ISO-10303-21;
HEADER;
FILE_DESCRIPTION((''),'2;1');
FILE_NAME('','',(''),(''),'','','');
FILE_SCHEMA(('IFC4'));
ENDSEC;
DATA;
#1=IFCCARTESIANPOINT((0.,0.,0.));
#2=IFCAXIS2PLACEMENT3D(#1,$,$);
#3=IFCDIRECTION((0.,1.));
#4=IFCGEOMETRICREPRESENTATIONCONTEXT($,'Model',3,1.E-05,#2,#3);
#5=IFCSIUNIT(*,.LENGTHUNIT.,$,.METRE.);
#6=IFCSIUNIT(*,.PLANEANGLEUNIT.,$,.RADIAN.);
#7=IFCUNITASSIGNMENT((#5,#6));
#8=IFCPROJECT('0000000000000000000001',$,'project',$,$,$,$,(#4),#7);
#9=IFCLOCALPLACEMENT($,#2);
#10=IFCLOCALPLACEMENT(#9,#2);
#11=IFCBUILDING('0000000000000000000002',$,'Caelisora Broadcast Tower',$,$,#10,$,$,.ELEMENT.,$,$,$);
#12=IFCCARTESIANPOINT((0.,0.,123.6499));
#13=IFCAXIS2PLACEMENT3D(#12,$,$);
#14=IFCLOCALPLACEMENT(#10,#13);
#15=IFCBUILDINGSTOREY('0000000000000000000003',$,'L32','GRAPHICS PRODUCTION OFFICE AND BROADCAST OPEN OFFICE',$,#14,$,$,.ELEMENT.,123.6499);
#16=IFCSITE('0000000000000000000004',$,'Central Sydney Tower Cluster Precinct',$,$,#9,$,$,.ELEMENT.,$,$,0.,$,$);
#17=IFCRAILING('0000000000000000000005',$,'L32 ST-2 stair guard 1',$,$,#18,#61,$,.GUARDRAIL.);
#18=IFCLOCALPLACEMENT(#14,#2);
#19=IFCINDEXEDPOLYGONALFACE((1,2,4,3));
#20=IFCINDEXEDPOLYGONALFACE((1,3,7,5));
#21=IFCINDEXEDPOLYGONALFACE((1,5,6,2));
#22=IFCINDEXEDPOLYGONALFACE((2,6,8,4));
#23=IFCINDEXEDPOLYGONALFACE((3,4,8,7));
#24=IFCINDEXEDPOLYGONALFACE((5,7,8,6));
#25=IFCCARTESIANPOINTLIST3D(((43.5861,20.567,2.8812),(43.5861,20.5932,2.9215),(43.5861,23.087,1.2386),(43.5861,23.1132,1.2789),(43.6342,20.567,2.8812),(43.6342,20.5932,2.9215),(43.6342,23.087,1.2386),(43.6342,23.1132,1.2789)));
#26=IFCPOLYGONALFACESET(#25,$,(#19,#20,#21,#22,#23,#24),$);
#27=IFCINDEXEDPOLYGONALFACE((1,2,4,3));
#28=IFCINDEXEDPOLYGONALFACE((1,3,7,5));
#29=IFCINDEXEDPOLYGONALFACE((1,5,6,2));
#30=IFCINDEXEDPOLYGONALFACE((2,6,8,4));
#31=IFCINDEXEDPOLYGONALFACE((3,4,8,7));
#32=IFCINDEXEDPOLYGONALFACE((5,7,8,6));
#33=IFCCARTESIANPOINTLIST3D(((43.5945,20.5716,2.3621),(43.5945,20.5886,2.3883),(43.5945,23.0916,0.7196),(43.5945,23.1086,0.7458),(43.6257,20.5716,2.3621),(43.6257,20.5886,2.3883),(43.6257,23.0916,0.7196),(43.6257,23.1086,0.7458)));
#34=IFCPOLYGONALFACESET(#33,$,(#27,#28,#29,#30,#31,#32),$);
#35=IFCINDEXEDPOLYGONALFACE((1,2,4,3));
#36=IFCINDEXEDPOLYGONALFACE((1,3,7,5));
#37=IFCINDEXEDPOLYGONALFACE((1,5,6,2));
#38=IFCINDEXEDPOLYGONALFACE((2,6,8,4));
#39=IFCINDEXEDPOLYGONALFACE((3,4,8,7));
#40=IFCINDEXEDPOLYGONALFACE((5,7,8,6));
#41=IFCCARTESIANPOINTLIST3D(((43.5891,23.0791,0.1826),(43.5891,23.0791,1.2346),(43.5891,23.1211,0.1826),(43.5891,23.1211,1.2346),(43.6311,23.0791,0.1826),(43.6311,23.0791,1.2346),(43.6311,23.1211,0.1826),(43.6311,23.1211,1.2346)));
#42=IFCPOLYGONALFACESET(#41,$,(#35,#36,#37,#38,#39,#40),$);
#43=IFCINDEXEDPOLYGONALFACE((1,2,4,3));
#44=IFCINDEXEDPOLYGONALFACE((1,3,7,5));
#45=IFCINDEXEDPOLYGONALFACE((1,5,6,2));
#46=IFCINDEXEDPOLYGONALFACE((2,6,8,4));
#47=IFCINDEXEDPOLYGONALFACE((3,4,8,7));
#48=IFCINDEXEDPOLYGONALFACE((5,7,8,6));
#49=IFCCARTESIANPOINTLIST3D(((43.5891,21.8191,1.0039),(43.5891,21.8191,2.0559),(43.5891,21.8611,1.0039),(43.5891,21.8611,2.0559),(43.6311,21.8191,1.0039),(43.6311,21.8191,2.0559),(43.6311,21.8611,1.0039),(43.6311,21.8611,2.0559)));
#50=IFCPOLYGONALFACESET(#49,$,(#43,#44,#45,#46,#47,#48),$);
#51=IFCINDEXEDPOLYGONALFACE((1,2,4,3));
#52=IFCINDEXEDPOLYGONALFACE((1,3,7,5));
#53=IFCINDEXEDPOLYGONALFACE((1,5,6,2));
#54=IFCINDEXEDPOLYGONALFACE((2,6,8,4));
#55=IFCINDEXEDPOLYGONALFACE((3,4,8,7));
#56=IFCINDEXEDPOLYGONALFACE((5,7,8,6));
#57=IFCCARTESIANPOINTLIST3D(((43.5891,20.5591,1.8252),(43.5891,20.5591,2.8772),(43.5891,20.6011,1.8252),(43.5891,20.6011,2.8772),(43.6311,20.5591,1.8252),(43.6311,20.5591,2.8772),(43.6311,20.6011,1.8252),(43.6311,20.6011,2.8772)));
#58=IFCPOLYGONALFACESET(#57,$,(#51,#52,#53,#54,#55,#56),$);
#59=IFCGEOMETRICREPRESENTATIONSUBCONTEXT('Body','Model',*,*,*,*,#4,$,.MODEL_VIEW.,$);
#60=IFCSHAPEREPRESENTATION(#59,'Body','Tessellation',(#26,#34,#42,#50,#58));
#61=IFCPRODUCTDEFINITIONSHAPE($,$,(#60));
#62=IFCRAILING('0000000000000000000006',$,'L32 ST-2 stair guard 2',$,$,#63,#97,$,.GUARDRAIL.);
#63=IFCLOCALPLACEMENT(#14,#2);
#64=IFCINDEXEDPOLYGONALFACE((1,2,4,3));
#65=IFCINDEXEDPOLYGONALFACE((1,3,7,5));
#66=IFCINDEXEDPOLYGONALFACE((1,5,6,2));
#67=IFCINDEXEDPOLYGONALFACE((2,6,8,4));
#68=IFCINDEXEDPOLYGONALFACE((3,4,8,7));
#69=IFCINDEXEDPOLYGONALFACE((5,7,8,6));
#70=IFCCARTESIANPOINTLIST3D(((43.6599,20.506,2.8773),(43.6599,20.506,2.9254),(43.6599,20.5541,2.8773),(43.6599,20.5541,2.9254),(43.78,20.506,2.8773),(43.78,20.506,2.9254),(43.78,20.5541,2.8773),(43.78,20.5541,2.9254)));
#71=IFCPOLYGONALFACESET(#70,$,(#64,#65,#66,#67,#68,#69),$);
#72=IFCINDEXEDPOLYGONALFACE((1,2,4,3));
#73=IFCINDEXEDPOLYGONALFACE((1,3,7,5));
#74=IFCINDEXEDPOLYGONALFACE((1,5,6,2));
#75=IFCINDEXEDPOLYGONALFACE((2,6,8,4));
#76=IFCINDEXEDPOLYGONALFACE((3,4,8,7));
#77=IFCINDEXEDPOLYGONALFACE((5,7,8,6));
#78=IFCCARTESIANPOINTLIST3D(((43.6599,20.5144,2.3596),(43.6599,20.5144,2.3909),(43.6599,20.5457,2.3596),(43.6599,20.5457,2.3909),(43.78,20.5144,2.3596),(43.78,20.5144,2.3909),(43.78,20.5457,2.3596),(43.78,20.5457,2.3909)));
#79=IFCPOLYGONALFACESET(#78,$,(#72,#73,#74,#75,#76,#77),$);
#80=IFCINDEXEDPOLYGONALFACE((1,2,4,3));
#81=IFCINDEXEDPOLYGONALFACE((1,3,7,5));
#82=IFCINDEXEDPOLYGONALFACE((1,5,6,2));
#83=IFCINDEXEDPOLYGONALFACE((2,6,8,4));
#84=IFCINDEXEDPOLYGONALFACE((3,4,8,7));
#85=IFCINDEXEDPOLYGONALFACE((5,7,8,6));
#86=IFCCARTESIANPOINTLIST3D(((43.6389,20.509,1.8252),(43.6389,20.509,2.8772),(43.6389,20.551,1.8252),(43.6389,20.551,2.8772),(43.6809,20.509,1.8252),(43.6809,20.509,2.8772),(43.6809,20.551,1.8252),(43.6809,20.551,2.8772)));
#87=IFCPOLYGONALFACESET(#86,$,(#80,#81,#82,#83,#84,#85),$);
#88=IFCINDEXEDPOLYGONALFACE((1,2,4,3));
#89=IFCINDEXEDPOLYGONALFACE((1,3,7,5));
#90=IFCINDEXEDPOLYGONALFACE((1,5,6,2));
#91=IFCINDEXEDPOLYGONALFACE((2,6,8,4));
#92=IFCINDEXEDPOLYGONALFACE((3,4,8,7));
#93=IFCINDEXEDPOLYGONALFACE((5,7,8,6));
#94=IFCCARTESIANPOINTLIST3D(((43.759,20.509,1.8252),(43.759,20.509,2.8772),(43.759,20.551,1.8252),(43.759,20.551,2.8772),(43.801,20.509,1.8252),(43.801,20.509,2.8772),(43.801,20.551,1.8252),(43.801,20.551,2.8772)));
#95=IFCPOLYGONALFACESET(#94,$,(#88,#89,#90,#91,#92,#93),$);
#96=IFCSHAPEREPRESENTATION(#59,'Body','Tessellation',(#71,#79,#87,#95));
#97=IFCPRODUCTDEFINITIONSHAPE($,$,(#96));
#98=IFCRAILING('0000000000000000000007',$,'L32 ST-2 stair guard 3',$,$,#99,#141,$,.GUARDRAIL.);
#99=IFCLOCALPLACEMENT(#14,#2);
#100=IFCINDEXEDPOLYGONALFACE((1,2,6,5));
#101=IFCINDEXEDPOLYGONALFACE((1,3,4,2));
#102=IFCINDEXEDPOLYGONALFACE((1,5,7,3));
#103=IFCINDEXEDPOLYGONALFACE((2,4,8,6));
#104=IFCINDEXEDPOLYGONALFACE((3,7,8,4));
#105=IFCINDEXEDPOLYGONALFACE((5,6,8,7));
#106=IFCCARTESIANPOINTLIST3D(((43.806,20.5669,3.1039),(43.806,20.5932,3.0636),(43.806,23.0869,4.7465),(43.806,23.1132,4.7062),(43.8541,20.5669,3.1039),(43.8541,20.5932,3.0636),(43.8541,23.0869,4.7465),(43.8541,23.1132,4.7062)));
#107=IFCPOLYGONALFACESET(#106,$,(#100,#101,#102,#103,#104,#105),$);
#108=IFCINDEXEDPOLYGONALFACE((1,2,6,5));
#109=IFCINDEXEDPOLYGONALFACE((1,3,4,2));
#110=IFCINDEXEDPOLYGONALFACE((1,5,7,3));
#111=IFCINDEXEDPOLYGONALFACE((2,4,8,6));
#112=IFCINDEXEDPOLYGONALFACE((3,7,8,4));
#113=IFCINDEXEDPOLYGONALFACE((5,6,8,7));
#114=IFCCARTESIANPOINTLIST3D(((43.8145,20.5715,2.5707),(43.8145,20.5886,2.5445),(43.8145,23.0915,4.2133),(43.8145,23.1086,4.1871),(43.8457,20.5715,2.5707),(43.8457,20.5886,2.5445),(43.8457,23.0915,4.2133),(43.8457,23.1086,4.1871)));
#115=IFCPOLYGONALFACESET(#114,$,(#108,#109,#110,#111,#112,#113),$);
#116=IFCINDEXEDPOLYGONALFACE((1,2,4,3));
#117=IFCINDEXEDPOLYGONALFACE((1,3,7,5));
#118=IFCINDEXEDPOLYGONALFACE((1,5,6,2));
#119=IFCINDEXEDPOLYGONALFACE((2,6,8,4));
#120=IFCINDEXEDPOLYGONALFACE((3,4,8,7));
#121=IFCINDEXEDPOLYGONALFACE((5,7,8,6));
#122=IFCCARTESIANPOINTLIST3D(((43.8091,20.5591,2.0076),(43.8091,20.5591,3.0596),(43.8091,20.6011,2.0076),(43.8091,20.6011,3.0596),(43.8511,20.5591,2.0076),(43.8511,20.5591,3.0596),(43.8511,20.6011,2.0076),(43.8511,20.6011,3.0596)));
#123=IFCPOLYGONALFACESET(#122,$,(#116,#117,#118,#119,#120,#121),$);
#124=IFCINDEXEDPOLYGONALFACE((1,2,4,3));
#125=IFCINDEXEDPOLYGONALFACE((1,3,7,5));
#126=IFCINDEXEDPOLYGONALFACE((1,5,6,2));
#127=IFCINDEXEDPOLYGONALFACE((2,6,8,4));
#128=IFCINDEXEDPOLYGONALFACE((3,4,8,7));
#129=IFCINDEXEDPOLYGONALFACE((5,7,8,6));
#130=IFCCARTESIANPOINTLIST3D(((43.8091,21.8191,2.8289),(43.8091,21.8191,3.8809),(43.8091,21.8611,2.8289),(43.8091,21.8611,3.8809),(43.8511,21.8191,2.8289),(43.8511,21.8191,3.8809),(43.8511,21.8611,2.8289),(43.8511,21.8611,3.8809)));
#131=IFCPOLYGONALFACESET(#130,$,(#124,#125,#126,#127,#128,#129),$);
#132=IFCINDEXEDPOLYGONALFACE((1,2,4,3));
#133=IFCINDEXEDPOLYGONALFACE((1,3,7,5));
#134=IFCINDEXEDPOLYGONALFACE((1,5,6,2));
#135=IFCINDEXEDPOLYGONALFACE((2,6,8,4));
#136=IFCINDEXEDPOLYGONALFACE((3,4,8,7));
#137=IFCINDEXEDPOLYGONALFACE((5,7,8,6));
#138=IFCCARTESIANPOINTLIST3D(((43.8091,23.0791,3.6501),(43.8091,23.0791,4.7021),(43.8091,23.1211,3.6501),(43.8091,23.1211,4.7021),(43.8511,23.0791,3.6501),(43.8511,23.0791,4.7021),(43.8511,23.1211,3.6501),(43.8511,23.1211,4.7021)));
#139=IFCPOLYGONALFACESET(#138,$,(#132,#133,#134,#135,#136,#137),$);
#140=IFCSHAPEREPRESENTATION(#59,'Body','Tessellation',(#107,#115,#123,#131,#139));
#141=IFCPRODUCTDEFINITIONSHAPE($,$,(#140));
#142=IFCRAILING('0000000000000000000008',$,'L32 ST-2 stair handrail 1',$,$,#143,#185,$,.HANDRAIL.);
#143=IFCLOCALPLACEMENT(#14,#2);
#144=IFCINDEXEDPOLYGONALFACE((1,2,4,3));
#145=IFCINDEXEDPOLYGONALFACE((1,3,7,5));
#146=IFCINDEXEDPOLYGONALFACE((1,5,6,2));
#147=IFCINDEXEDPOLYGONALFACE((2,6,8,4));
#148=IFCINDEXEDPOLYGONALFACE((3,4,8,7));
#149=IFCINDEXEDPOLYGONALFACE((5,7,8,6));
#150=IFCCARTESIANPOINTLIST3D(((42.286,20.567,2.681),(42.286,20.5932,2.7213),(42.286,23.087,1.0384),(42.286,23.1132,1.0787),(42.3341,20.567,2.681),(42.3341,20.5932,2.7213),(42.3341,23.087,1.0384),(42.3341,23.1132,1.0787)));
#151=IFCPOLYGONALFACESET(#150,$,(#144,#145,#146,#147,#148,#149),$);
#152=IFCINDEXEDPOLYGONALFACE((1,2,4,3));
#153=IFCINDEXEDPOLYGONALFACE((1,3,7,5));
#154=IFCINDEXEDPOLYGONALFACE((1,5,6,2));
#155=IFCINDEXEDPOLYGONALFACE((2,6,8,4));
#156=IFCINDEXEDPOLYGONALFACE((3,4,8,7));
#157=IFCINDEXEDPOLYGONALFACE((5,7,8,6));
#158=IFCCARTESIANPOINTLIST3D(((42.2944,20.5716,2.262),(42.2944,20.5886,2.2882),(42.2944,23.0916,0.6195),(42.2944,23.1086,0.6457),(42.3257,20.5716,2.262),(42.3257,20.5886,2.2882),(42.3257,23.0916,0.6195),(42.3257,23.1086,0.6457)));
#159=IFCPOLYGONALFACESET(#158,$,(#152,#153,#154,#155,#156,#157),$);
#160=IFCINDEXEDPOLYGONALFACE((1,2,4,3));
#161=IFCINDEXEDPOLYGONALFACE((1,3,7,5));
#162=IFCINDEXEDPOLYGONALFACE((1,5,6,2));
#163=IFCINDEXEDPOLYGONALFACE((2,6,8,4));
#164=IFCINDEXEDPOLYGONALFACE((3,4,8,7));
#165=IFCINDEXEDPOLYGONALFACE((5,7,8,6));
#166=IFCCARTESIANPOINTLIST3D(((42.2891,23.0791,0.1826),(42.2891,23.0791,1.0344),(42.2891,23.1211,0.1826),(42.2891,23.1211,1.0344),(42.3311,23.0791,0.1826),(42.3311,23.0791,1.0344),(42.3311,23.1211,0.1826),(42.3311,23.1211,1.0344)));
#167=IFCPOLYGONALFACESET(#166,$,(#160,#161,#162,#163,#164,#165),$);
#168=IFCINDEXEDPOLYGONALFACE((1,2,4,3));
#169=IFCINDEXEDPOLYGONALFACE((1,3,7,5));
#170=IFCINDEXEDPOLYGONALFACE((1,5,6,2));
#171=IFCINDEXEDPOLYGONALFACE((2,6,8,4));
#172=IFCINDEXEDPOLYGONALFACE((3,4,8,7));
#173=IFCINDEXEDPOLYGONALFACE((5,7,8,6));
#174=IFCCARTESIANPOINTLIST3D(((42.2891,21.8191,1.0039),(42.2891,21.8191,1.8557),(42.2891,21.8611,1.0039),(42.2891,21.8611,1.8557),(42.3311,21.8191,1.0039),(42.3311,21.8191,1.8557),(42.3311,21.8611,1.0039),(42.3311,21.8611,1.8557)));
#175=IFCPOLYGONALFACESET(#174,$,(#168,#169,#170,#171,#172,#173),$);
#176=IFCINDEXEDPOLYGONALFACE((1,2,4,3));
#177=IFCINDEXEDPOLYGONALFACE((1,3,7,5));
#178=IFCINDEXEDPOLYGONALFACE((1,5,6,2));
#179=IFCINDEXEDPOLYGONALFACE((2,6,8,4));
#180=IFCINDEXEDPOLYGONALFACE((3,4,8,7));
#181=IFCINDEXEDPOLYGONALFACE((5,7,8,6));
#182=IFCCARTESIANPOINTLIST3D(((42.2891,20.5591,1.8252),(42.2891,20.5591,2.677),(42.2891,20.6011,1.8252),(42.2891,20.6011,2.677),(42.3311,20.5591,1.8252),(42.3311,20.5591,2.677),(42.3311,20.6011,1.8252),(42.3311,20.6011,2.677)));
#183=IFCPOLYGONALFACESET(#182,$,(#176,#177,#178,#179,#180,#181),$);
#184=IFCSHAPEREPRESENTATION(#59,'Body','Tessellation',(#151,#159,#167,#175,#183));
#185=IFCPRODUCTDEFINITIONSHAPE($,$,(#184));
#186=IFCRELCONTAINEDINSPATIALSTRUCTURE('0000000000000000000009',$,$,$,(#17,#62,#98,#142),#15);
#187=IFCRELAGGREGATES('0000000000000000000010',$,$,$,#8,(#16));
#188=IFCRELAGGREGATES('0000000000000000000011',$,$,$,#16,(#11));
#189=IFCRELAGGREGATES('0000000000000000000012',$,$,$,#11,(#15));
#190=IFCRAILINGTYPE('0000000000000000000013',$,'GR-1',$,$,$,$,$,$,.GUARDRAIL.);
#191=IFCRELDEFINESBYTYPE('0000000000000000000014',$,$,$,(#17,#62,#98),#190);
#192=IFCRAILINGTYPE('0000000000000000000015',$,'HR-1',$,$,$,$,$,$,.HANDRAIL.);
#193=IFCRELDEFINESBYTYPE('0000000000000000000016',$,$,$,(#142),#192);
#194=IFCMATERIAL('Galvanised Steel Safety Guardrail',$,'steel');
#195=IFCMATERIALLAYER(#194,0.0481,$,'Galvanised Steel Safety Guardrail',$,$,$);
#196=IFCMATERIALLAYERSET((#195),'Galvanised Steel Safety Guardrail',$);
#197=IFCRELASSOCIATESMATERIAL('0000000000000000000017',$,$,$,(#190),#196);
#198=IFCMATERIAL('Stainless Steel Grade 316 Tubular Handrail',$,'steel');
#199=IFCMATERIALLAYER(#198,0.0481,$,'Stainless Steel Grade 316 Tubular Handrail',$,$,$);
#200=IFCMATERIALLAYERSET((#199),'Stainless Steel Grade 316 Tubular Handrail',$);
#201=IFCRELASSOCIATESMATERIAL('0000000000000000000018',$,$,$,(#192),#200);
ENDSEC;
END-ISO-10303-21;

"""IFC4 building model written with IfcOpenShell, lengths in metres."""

from ifc_helpers import new_model, si_unit, direction, frame, origin, origin_2d, place, context, subcontext, project, spatial, rectangle, extrude, material, layer, layer_set, type_object, element, save


model = new_model("IFC4")

# Units and contexts
model_context = context("Model", 3, precision=1e-05, world=origin(), true_north=direction((0.0, 1.0)))
body_context = subcontext(model_context, "Body", "Model", "MODEL_VIEW")
ifc_project = project(units=[si_unit("LENGTHUNIT", "METRE"), si_unit("PLANEANGLEUNIT", "RADIAN")], contexts=[model_context])

# Site, building, storey
site_placement = place(None, origin())
site = spatial("IfcSite", under=ifc_project, at=site_placement, Name="Central Sydney Tower Cluster Precinct", CompositionType="ELEMENT", RefElevation=0.0)
building_placement = place(site_placement, origin())
building = spatial("IfcBuilding", under=site, at=building_placement, Name="Caelisora Broadcast Tower", CompositionType="ELEMENT")
storey_placement = place(building_placement, frame((0.0, 0.0, 123.6499)))
storey = spatial("IfcBuildingStorey", under=building, at=storey_placement, Name="L32", Description="GRAPHICS PRODUCTION OFFICE AND BROADCAST OPEN OFFICE", CompositionType="ELEMENT", Elevation=123.6499)

# Railings
ifc_material_1 = material(Name="Galvanised Steel Safety Guardrail", Category="steel")
ifc_layer_1 = layer(ifc_material_1, 0.0481, Name="Galvanised Steel Safety Guardrail")
ifc_layer_set_1 = layer_set([ifc_layer_1], Name="Galvanised Steel Safety Guardrail")
railing_type_1 = type_object("IfcRailingType", Name="GR-1", PredefinedType="GUARDRAIL", material=ifc_layer_set_1)
railing_1_placement = place(storey_placement, frame((43.6101, 23.1001, 0.1826)))
element("IfcRailing", 1, at=railing_1_placement, inside=storey, type_object=railing_type_1, Name="L32 ST-2 stair guard 1", PredefinedType="GUARDRAIL", context=body_context, shape_type="SweptSolid", body=[
    extrude(rectangle(XDim=0.0481, YDim=0.0481, at=origin_2d()), frame((0.0, 0.0, 1.0762), z_axis=(0.0, -0.837749, 0.546055), x_axis=(1.0, 0.0, 0.0)), (0.0, 0.0, 1.0), 3.0081),
    extrude(rectangle(XDim=0.0312, YDim=0.0312, at=origin_2d()), frame((0.0, 0.0, 0.55), z_axis=(0.0, -0.837749, 0.546055), x_axis=(1.0, 0.0, 0.0)), (0.0, 0.0, 1.0), 3.0081),
    extrude(rectangle(XDim=0.042, YDim=0.042, at=origin_2d()), origin(), (0.0, 0.0, 1.0), 1.052),
    extrude(rectangle(XDim=0.042, YDim=0.042, at=origin_2d()), frame((0.0, -1.26, 0.8213)), (0.0, 0.0, 1.0), 1.052),
    extrude(rectangle(XDim=0.042, YDim=0.042, at=origin_2d()), frame((0.0, -2.52, 1.6426)), (0.0, 0.0, 1.0), 1.052),
])
railing_2_placement = place(storey_placement, frame((43.6599, 20.53, 1.8252)))
element("IfcRailing", 2, at=railing_2_placement, inside=storey, type_object=railing_type_1, Name="L32 ST-2 stair guard 2", PredefinedType="GUARDRAIL", context=body_context, shape_type="SweptSolid", body=[
    extrude(rectangle(XDim=0.0481, YDim=0.0481, at=origin_2d()), frame((0.0, 0.0, 1.0762), z_axis=(1.0, 0.0, 0.0), x_axis=(0.0, 1.0, 0.0)), (0.0, 0.0, 1.0), 0.1201),
    extrude(rectangle(XDim=0.0312, YDim=0.0312, at=origin_2d()), frame((0.0, 0.0, 0.55), z_axis=(1.0, 0.0, 0.0), x_axis=(0.0, 1.0, 0.0)), (0.0, 0.0, 1.0), 0.1201),
    extrude(rectangle(XDim=0.042, YDim=0.042, at=origin_2d()), origin(), (0.0, 0.0, 1.0), 1.052),
    extrude(rectangle(XDim=0.042, YDim=0.042, at=origin_2d()), frame((0.1201, 0.0, 0.0)), (0.0, 0.0, 1.0), 1.052),
])
railing_3_placement = place(storey_placement, frame((43.8301, 20.5801, 2.0076)))
element("IfcRailing", 3, at=railing_3_placement, inside=storey, type_object=railing_type_1, Name="L32 ST-2 stair guard 3", PredefinedType="GUARDRAIL", context=body_context, shape_type="SweptSolid", body=[
    extrude(rectangle(XDim=0.0481, YDim=0.0481, at=origin_2d()), frame((0.0, 0.0, 1.0762), z_axis=(0.0, 0.837749, 0.546055), x_axis=(-1.0, 0.0, 0.0)), (0.0, 0.0, 1.0), 3.0081),
    extrude(rectangle(XDim=0.0312, YDim=0.0312, at=origin_2d()), frame((0.0, 0.0, 0.55), z_axis=(0.0, 0.837749, 0.546055), x_axis=(-1.0, 0.0, 0.0)), (0.0, 0.0, 1.0), 3.0081),
    extrude(rectangle(XDim=0.042, YDim=0.042, at=origin_2d()), origin(), (0.0, 0.0, 1.0), 1.052),
    extrude(rectangle(XDim=0.042, YDim=0.042, at=origin_2d()), frame((0.0, 1.26, 0.8213)), (0.0, 0.0, 1.0), 1.052),
    extrude(rectangle(XDim=0.042, YDim=0.042, at=origin_2d()), frame((0.0, 2.52, 1.6426)), (0.0, 0.0, 1.0), 1.052),
])
ifc_material_2 = material(Name="Stainless Steel Grade 316 Tubular Handrail", Category="steel")
ifc_layer_2 = layer(ifc_material_2, 0.0481, Name="Stainless Steel Grade 316 Tubular Handrail")
ifc_layer_set_2 = layer_set([ifc_layer_2], Name="Stainless Steel Grade 316 Tubular Handrail")
railing_type_2 = type_object("IfcRailingType", Name="HR-1", PredefinedType="HANDRAIL", material=ifc_layer_set_2)
railing_4_placement = place(storey_placement, frame((42.3101, 23.1001, 0.1826)))
element("IfcRailing", 4, at=railing_4_placement, inside=storey, type_object=railing_type_2, Name="L32 ST-2 stair handrail 1", PredefinedType="HANDRAIL", context=body_context, shape_type="SweptSolid", body=[
    extrude(rectangle(XDim=0.0481, YDim=0.0481, at=origin_2d()), frame((0.0, 0.0, 0.876), z_axis=(0.0, -0.837749, 0.546055), x_axis=(1.0, 0.0, 0.0)), (0.0, 0.0, 1.0), 3.0081),
    extrude(rectangle(XDim=0.0312, YDim=0.0312, at=origin_2d()), frame((0.0, 0.0, 0.45), z_axis=(0.0, -0.837749, 0.546055), x_axis=(1.0, 0.0, 0.0)), (0.0, 0.0, 1.0), 3.0081),
    extrude(rectangle(XDim=0.042, YDim=0.042, at=origin_2d()), origin(), (0.0, 0.0, 1.0), 0.8518),
    extrude(rectangle(XDim=0.042, YDim=0.042, at=origin_2d()), frame((0.0, -1.26, 0.8213)), (0.0, 0.0, 1.0), 0.8518),
    extrude(rectangle(XDim=0.042, YDim=0.042, at=origin_2d()), frame((0.0, -2.52, 1.6426)), (0.0, 0.0, 1.0), 0.8518),
])

save(model, "model.ifc")
